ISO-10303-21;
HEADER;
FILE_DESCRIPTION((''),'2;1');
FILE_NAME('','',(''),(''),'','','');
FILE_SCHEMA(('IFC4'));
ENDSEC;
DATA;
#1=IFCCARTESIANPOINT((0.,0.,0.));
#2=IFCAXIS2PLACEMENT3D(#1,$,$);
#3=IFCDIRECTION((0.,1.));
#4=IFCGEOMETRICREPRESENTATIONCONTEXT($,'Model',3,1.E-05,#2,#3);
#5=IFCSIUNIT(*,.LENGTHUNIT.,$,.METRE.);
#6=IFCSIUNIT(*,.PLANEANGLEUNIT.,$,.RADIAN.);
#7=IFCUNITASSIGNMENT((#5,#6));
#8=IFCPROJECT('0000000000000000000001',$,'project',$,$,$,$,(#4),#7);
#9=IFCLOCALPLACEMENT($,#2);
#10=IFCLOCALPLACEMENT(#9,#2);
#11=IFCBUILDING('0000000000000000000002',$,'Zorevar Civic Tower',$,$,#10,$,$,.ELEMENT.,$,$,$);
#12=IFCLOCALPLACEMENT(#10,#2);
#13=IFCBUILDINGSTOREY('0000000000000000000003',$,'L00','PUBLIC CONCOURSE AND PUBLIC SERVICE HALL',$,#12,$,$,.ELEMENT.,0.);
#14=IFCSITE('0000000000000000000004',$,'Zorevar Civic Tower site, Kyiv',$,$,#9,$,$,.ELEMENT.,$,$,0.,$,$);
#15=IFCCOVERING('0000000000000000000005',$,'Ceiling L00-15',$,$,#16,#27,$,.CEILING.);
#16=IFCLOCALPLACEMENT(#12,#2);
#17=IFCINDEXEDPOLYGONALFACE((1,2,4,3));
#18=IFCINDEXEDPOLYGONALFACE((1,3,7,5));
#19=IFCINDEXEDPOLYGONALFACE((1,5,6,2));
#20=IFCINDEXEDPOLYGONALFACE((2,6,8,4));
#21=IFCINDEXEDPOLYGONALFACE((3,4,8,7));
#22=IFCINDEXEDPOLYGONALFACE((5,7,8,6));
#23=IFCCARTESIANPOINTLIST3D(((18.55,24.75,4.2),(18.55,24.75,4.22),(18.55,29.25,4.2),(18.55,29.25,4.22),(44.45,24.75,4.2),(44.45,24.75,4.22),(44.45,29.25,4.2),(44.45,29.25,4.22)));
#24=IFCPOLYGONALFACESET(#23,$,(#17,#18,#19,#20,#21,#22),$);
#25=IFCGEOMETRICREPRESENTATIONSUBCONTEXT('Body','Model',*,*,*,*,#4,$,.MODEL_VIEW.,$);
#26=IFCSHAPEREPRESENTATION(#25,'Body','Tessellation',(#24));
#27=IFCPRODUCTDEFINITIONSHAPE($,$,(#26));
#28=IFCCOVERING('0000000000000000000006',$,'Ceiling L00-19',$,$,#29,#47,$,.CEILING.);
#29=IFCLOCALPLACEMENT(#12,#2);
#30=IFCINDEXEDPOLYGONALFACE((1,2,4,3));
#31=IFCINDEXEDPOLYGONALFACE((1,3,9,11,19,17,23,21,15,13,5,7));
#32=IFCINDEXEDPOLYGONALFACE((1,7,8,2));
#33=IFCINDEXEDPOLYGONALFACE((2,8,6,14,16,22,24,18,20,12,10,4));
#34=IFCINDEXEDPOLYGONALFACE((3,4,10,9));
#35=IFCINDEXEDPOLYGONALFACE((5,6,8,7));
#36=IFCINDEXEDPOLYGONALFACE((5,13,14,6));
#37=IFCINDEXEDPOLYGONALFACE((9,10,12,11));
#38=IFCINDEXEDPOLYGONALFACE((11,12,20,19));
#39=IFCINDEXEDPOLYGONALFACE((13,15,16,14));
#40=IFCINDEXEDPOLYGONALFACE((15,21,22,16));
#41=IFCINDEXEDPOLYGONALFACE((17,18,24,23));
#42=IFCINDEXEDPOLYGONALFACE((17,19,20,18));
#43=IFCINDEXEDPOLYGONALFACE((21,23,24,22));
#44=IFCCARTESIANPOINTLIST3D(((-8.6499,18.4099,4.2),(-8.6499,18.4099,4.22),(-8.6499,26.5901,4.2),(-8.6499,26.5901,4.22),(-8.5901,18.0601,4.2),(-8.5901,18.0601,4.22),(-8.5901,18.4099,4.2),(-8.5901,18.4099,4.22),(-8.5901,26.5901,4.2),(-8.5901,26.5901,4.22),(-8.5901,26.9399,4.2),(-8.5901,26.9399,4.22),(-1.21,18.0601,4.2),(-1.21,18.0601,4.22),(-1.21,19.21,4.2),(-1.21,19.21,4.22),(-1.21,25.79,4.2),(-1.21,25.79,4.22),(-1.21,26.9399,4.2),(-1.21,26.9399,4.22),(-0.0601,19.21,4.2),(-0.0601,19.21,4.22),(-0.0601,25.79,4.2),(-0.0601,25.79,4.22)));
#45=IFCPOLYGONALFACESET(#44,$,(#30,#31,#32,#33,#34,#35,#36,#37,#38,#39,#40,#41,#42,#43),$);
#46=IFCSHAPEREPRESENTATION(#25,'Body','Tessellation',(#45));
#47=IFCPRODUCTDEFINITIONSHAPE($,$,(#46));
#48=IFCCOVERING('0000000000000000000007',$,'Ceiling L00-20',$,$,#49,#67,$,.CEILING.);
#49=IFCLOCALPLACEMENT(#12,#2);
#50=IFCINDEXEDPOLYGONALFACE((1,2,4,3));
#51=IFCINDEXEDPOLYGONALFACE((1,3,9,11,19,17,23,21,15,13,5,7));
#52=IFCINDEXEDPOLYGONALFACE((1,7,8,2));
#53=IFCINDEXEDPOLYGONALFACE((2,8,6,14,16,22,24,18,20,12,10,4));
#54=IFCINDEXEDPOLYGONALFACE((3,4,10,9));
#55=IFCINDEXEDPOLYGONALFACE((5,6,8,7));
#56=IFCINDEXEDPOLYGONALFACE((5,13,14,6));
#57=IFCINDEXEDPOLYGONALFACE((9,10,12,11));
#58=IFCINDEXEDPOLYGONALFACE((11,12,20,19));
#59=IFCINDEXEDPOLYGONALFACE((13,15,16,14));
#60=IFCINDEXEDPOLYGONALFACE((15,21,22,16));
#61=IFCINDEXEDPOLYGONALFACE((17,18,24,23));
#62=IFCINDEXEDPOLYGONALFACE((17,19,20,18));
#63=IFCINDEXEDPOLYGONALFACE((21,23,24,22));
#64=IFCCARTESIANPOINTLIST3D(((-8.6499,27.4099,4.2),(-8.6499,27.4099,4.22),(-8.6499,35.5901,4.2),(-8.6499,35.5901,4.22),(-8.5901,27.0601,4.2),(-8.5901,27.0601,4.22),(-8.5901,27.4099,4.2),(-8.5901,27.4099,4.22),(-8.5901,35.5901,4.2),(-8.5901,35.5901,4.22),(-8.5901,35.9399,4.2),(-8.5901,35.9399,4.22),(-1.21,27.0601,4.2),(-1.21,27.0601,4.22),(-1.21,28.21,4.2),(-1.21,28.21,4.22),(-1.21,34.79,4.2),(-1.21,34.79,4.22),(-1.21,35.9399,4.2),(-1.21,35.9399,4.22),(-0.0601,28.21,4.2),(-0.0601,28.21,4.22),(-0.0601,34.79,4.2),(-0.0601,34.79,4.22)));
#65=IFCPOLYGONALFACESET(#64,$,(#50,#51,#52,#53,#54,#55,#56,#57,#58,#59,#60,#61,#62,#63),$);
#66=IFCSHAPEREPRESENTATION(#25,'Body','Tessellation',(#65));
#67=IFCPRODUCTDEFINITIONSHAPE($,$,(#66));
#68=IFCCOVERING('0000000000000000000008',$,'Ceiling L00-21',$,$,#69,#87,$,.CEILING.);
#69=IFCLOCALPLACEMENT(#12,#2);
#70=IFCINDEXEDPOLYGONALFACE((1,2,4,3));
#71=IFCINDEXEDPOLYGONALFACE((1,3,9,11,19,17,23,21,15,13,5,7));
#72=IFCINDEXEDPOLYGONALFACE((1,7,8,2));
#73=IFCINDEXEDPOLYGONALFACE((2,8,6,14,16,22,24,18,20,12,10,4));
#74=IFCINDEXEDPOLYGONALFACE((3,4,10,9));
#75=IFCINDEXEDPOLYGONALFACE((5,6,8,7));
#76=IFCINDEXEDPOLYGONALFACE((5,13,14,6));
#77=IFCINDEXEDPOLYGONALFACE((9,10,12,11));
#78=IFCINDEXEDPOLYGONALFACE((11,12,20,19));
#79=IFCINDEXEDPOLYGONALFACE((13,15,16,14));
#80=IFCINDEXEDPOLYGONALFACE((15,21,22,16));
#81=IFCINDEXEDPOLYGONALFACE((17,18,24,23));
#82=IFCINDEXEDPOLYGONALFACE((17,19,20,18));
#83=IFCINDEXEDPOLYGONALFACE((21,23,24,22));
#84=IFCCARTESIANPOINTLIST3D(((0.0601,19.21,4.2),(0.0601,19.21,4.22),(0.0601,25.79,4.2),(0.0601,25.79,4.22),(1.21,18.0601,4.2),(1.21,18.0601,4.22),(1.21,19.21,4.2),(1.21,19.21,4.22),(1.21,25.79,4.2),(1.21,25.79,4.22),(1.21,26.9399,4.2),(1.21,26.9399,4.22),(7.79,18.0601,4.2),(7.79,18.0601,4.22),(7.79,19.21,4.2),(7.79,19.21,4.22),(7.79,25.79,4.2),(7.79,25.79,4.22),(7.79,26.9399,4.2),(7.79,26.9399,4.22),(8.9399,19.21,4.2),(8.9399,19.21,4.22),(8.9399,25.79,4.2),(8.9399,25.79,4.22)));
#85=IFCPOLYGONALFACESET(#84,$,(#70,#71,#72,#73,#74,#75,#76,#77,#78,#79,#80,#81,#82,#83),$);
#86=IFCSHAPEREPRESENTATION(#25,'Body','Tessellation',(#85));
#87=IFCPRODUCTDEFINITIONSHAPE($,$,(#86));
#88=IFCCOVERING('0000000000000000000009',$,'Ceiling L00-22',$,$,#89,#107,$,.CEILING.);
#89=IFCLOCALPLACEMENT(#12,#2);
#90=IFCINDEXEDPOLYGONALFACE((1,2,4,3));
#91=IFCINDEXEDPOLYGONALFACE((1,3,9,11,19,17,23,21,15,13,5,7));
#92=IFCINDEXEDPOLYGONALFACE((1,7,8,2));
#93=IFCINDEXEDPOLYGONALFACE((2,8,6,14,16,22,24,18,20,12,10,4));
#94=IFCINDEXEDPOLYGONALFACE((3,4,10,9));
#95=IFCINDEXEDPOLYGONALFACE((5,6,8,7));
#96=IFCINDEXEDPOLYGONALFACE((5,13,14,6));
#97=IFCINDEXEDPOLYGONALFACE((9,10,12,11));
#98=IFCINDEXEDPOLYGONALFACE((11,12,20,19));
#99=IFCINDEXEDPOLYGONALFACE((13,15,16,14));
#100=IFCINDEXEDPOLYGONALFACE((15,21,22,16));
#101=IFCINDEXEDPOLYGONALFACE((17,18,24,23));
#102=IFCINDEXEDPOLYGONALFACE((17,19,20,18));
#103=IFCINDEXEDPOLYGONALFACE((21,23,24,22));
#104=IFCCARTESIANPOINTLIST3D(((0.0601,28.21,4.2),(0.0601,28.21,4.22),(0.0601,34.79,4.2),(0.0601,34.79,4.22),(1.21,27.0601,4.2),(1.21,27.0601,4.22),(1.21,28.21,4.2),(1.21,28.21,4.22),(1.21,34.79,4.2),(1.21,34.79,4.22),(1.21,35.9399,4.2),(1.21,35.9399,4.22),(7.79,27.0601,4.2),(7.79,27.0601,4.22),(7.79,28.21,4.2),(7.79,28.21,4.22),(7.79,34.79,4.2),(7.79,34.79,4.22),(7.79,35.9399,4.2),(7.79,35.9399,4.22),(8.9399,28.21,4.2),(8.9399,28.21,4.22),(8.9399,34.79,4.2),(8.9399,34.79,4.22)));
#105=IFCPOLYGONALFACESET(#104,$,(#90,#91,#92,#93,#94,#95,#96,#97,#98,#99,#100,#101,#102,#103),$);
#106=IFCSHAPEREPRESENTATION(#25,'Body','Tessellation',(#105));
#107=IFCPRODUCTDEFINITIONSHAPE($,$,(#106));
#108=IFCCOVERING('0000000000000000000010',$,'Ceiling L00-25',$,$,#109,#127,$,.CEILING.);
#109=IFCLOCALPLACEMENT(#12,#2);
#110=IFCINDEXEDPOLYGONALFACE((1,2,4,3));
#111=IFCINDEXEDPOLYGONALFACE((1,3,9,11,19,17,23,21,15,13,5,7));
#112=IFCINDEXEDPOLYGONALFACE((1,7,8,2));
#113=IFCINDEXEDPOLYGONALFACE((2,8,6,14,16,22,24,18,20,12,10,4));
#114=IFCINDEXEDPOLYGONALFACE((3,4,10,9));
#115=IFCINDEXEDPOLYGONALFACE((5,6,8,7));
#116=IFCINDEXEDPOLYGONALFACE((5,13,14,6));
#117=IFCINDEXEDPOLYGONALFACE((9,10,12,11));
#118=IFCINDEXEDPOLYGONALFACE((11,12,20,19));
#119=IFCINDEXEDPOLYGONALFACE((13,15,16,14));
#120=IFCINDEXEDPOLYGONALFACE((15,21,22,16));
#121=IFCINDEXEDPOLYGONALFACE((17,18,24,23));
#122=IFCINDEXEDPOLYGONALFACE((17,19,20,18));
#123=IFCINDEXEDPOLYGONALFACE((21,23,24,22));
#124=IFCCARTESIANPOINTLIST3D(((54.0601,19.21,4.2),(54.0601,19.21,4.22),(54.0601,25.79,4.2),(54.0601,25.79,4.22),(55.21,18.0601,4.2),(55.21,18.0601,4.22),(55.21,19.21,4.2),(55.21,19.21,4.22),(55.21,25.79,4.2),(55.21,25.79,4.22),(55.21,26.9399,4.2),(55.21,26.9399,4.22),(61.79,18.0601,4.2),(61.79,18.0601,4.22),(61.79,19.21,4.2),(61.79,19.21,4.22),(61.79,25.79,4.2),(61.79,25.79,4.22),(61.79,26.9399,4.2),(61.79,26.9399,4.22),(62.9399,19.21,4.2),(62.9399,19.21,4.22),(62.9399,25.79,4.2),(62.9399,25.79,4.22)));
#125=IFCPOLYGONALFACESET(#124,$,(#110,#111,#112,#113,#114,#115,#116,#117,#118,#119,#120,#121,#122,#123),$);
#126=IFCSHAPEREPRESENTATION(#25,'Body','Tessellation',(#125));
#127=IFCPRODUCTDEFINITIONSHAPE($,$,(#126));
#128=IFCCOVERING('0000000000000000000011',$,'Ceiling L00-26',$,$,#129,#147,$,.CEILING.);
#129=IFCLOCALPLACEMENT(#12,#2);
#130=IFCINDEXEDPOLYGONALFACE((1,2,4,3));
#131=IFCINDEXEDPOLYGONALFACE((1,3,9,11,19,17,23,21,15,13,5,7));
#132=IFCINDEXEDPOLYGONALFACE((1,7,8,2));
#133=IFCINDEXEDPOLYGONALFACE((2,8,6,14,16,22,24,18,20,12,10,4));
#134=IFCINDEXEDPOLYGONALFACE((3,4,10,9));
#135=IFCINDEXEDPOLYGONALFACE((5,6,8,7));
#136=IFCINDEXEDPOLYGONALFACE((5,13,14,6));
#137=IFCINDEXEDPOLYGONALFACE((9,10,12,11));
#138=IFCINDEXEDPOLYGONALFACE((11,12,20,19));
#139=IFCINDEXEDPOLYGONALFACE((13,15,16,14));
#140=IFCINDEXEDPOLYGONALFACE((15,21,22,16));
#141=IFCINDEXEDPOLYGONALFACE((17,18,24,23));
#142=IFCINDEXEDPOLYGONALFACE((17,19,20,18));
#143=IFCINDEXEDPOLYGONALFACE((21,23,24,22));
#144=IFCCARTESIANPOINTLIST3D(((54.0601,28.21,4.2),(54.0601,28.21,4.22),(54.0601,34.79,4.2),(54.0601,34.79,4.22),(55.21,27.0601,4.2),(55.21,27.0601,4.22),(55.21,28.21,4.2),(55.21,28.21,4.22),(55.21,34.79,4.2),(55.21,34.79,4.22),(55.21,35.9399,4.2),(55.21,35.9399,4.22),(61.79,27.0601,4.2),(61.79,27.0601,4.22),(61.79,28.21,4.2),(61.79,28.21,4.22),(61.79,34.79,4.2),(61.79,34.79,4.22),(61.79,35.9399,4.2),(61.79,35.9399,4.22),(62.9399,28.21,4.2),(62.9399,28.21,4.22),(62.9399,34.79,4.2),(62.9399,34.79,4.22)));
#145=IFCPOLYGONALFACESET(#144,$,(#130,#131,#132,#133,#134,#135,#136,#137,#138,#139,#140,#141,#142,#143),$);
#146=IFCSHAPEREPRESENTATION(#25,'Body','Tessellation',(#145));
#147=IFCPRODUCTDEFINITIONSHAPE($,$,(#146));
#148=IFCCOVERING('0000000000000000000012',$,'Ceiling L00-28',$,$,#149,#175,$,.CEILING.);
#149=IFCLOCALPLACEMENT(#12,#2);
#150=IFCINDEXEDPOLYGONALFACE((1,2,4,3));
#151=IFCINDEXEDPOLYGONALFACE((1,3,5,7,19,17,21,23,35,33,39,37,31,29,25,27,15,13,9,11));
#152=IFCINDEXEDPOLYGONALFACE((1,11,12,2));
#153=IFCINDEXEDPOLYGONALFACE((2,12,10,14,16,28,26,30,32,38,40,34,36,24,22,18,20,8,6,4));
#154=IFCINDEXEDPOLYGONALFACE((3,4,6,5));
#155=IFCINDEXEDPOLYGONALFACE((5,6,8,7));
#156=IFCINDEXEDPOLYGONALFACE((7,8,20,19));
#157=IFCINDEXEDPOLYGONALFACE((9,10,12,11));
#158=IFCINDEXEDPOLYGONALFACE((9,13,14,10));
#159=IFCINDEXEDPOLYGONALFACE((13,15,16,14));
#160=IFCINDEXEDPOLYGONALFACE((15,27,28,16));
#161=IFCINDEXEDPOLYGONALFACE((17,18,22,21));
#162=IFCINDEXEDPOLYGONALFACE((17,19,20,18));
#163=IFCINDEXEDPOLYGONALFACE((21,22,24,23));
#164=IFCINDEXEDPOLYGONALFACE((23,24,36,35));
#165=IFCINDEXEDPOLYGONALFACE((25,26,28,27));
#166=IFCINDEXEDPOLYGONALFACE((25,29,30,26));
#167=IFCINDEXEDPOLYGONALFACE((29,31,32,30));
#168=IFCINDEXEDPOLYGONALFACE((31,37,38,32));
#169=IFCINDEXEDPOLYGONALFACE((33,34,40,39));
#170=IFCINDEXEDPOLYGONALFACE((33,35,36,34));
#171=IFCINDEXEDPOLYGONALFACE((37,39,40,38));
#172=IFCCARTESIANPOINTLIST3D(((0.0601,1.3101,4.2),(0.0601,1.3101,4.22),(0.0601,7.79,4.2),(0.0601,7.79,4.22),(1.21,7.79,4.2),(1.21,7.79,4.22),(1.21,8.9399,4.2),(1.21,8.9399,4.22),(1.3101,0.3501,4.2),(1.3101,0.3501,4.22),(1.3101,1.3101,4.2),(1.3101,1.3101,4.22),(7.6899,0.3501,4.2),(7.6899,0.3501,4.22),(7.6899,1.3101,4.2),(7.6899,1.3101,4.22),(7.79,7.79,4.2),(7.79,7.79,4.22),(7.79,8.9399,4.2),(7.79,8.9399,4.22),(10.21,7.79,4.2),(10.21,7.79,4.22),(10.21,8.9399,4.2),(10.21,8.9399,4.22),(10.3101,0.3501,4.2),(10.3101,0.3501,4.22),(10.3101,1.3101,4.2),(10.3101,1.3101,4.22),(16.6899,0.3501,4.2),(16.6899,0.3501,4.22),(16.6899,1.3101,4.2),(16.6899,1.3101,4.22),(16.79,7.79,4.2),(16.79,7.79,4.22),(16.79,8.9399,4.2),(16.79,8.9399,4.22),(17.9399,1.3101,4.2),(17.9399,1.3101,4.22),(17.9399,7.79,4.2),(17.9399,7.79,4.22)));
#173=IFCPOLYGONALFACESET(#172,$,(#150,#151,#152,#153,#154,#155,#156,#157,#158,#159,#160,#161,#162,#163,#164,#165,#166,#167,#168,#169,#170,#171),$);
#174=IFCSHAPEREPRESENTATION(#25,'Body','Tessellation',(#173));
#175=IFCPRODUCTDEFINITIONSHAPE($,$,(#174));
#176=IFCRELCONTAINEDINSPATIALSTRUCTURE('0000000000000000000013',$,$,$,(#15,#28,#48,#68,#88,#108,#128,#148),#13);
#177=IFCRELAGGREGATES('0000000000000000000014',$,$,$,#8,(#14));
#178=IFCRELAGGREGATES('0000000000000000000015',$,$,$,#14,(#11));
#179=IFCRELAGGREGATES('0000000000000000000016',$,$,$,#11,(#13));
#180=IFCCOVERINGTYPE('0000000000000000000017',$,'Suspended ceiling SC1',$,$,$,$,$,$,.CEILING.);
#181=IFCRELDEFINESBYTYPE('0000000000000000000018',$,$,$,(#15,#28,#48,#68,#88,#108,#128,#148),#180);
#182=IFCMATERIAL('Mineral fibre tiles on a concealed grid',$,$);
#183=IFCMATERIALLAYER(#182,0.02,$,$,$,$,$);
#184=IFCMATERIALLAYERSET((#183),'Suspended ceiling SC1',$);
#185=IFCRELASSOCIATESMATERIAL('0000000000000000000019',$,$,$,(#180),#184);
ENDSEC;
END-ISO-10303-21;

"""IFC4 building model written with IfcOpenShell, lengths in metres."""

from ifc_helpers import new_model, si_unit, direction, frame, origin, place, context, subcontext, project, spatial, polyline, outline, extrude, material, layer, layer_set, type_object, element, save


model = new_model("IFC4")

# Units and contexts
model_context = context("Model", 3, precision=1e-05, world=origin(), true_north=direction((0.0, 1.0)))
body_context = subcontext(model_context, "Body", "Model", "MODEL_VIEW")
ifc_project = project(units=[si_unit("LENGTHUNIT", "METRE"), si_unit("PLANEANGLEUNIT", "RADIAN")], contexts=[model_context])

# Site, building, storey
site_placement = place(None, origin())
site = spatial("IfcSite", under=ifc_project, at=site_placement, Name="Zorevar Civic Tower site, Kyiv", CompositionType="ELEMENT", RefElevation=0.0)
building_placement = place(site_placement, origin())
building = spatial("IfcBuilding", under=site, at=building_placement, Name="Zorevar Civic Tower", CompositionType="ELEMENT")
storey_placement = place(building_placement, origin())
storey = spatial("IfcBuildingStorey", under=building, at=storey_placement, Name="L00", Description="PUBLIC CONCOURSE AND PUBLIC SERVICE HALL", CompositionType="ELEMENT", Elevation=0.0)

# Coverings
ifc_material_1 = material(Name="Mineral fibre tiles on a concealed grid")
ifc_layer_1 = layer(ifc_material_1, 0.02)
ifc_layer_set_1 = layer_set([ifc_layer_1], Name="Suspended ceiling SC1")
covering_type_1 = type_object("IfcCoveringType", Name="Suspended ceiling SC1", PredefinedType="CEILING", material=ifc_layer_set_1)
covering_1_placement = place(storey_placement, frame((0.0, 0.0, 4.2)))
element("IfcCovering", 1, at=covering_1_placement, inside=storey, type_object=covering_type_1, Name="Ceiling L00-15", PredefinedType="CEILING", context=body_context, shape_type="SweptSolid", body=[
    extrude(outline(polyline([(44.45, 24.75), (44.45, 29.25), (18.55, 29.25), (18.55, 24.75), (44.45, 24.75)])), origin(), (0.0, 0.0, 1.0), 0.02),
])
covering_2_placement = place(storey_placement, frame((0.0, 0.0, 4.2)))
element("IfcCovering", 2, at=covering_2_placement, inside=storey, type_object=covering_type_1, Name="Ceiling L00-19", PredefinedType="CEILING", context=body_context, shape_type="SweptSolid", body=[
    extrude(outline(polyline([(-0.0601, 19.21), (-1.21, 19.21), (-1.21, 18.0601), (-8.5901, 18.0601), (-8.5901, 18.4099), (-8.6499, 18.4099), (-8.6499, 26.5901), (-8.5901, 26.5901), (-8.5901, 26.9399), (-1.21, 26.9399), (-1.21, 25.79), (-0.0601, 25.79), (-0.0601, 19.21)])), origin(), (0.0, 0.0, 1.0), 0.02),
])
covering_3_placement = place(storey_placement, frame((0.0, 0.0, 4.2)))
element("IfcCovering", 3, at=covering_3_placement, inside=storey, type_object=covering_type_1, Name="Ceiling L00-20", PredefinedType="CEILING", context=body_context, shape_type="SweptSolid", body=[
    extrude(outline(polyline([(-0.0601, 28.21), (-1.21, 28.21), (-1.21, 27.0601), (-8.5901, 27.0601), (-8.5901, 27.4099), (-8.6499, 27.4099), (-8.6499, 35.5901), (-8.5901, 35.5901), (-8.5901, 35.9399), (-1.21, 35.9399), (-1.21, 34.79), (-0.0601, 34.79), (-0.0601, 28.21)])), origin(), (0.0, 0.0, 1.0), 0.02),
])
covering_4_placement = place(storey_placement, frame((0.0, 0.0, 4.2)))
element("IfcCovering", 4, at=covering_4_placement, inside=storey, type_object=covering_type_1, Name="Ceiling L00-21", PredefinedType="CEILING", context=body_context, shape_type="SweptSolid", body=[
    extrude(outline(polyline([(8.9399, 19.21), (7.79, 19.21), (7.79, 18.0601), (1.21, 18.0601), (1.21, 19.21), (0.0601, 19.21), (0.0601, 25.79), (1.21, 25.79), (1.21, 26.9399), (7.79, 26.9399), (7.79, 25.79), (8.9399, 25.79), (8.9399, 19.21)])), origin(), (0.0, 0.0, 1.0), 0.02),
])
covering_5_placement = place(storey_placement, frame((0.0, 0.0, 4.2)))
element("IfcCovering", 5, at=covering_5_placement, inside=storey, type_object=covering_type_1, Name="Ceiling L00-22", PredefinedType="CEILING", context=body_context, shape_type="SweptSolid", body=[
    extrude(outline(polyline([(8.9399, 28.21), (7.79, 28.21), (7.79, 27.0601), (1.21, 27.0601), (1.21, 28.21), (0.0601, 28.21), (0.0601, 34.79), (1.21, 34.79), (1.21, 35.9399), (7.79, 35.9399), (7.79, 34.79), (8.9399, 34.79), (8.9399, 28.21)])), origin(), (0.0, 0.0, 1.0), 0.02),
])
covering_6_placement = place(storey_placement, frame((0.0, 0.0, 4.2)))
element("IfcCovering", 6, at=covering_6_placement, inside=storey, type_object=covering_type_1, Name="Ceiling L00-25", PredefinedType="CEILING", context=body_context, shape_type="SweptSolid", body=[
    extrude(outline(polyline([(62.9399, 19.21), (61.79, 19.21), (61.79, 18.0601), (55.21, 18.0601), (55.21, 19.21), (54.0601, 19.21), (54.0601, 25.79), (55.21, 25.79), (55.21, 26.9399), (61.79, 26.9399), (61.79, 25.79), (62.9399, 25.79), (62.9399, 19.21)])), origin(), (0.0, 0.0, 1.0), 0.02),
])
covering_7_placement = place(storey_placement, frame((0.0, 0.0, 4.2)))
element("IfcCovering", 7, at=covering_7_placement, inside=storey, type_object=covering_type_1, Name="Ceiling L00-26", PredefinedType="CEILING", context=body_context, shape_type="SweptSolid", body=[
    extrude(outline(polyline([(62.9399, 28.21), (61.79, 28.21), (61.79, 27.0601), (55.21, 27.0601), (55.21, 28.21), (54.0601, 28.21), (54.0601, 34.79), (55.21, 34.79), (55.21, 35.9399), (61.79, 35.9399), (61.79, 34.79), (62.9399, 34.79), (62.9399, 28.21)])), origin(), (0.0, 0.0, 1.0), 0.02),
])
covering_8_placement = place(storey_placement, frame((0.0, 0.0, 4.2)))
element("IfcCovering", 8, at=covering_8_placement, inside=storey, type_object=covering_type_1, Name="Ceiling L00-28", PredefinedType="CEILING", context=body_context, shape_type="SweptSolid", body=[
    extrude(outline(polyline([(1.21, 8.9399), (7.79, 8.9399), (7.79, 7.79), (10.21, 7.79), (10.21, 8.9399), (16.79, 8.9399), (16.79, 7.79), (17.9399, 7.79), (17.9399, 1.3101), (16.6899, 1.3101), (16.6899, 0.3501), (10.3101, 0.3501), (10.3101, 1.3101), (7.6899, 1.3101), (7.6899, 0.3501), (1.3101, 0.3501), (1.3101, 1.3101), (0.0601, 1.3101), (0.0601, 7.79), (1.21, 7.79), (1.21, 8.9399)])), origin(), (0.0, 0.0, 1.0), 0.02),
])

save(model, "model.ifc")
